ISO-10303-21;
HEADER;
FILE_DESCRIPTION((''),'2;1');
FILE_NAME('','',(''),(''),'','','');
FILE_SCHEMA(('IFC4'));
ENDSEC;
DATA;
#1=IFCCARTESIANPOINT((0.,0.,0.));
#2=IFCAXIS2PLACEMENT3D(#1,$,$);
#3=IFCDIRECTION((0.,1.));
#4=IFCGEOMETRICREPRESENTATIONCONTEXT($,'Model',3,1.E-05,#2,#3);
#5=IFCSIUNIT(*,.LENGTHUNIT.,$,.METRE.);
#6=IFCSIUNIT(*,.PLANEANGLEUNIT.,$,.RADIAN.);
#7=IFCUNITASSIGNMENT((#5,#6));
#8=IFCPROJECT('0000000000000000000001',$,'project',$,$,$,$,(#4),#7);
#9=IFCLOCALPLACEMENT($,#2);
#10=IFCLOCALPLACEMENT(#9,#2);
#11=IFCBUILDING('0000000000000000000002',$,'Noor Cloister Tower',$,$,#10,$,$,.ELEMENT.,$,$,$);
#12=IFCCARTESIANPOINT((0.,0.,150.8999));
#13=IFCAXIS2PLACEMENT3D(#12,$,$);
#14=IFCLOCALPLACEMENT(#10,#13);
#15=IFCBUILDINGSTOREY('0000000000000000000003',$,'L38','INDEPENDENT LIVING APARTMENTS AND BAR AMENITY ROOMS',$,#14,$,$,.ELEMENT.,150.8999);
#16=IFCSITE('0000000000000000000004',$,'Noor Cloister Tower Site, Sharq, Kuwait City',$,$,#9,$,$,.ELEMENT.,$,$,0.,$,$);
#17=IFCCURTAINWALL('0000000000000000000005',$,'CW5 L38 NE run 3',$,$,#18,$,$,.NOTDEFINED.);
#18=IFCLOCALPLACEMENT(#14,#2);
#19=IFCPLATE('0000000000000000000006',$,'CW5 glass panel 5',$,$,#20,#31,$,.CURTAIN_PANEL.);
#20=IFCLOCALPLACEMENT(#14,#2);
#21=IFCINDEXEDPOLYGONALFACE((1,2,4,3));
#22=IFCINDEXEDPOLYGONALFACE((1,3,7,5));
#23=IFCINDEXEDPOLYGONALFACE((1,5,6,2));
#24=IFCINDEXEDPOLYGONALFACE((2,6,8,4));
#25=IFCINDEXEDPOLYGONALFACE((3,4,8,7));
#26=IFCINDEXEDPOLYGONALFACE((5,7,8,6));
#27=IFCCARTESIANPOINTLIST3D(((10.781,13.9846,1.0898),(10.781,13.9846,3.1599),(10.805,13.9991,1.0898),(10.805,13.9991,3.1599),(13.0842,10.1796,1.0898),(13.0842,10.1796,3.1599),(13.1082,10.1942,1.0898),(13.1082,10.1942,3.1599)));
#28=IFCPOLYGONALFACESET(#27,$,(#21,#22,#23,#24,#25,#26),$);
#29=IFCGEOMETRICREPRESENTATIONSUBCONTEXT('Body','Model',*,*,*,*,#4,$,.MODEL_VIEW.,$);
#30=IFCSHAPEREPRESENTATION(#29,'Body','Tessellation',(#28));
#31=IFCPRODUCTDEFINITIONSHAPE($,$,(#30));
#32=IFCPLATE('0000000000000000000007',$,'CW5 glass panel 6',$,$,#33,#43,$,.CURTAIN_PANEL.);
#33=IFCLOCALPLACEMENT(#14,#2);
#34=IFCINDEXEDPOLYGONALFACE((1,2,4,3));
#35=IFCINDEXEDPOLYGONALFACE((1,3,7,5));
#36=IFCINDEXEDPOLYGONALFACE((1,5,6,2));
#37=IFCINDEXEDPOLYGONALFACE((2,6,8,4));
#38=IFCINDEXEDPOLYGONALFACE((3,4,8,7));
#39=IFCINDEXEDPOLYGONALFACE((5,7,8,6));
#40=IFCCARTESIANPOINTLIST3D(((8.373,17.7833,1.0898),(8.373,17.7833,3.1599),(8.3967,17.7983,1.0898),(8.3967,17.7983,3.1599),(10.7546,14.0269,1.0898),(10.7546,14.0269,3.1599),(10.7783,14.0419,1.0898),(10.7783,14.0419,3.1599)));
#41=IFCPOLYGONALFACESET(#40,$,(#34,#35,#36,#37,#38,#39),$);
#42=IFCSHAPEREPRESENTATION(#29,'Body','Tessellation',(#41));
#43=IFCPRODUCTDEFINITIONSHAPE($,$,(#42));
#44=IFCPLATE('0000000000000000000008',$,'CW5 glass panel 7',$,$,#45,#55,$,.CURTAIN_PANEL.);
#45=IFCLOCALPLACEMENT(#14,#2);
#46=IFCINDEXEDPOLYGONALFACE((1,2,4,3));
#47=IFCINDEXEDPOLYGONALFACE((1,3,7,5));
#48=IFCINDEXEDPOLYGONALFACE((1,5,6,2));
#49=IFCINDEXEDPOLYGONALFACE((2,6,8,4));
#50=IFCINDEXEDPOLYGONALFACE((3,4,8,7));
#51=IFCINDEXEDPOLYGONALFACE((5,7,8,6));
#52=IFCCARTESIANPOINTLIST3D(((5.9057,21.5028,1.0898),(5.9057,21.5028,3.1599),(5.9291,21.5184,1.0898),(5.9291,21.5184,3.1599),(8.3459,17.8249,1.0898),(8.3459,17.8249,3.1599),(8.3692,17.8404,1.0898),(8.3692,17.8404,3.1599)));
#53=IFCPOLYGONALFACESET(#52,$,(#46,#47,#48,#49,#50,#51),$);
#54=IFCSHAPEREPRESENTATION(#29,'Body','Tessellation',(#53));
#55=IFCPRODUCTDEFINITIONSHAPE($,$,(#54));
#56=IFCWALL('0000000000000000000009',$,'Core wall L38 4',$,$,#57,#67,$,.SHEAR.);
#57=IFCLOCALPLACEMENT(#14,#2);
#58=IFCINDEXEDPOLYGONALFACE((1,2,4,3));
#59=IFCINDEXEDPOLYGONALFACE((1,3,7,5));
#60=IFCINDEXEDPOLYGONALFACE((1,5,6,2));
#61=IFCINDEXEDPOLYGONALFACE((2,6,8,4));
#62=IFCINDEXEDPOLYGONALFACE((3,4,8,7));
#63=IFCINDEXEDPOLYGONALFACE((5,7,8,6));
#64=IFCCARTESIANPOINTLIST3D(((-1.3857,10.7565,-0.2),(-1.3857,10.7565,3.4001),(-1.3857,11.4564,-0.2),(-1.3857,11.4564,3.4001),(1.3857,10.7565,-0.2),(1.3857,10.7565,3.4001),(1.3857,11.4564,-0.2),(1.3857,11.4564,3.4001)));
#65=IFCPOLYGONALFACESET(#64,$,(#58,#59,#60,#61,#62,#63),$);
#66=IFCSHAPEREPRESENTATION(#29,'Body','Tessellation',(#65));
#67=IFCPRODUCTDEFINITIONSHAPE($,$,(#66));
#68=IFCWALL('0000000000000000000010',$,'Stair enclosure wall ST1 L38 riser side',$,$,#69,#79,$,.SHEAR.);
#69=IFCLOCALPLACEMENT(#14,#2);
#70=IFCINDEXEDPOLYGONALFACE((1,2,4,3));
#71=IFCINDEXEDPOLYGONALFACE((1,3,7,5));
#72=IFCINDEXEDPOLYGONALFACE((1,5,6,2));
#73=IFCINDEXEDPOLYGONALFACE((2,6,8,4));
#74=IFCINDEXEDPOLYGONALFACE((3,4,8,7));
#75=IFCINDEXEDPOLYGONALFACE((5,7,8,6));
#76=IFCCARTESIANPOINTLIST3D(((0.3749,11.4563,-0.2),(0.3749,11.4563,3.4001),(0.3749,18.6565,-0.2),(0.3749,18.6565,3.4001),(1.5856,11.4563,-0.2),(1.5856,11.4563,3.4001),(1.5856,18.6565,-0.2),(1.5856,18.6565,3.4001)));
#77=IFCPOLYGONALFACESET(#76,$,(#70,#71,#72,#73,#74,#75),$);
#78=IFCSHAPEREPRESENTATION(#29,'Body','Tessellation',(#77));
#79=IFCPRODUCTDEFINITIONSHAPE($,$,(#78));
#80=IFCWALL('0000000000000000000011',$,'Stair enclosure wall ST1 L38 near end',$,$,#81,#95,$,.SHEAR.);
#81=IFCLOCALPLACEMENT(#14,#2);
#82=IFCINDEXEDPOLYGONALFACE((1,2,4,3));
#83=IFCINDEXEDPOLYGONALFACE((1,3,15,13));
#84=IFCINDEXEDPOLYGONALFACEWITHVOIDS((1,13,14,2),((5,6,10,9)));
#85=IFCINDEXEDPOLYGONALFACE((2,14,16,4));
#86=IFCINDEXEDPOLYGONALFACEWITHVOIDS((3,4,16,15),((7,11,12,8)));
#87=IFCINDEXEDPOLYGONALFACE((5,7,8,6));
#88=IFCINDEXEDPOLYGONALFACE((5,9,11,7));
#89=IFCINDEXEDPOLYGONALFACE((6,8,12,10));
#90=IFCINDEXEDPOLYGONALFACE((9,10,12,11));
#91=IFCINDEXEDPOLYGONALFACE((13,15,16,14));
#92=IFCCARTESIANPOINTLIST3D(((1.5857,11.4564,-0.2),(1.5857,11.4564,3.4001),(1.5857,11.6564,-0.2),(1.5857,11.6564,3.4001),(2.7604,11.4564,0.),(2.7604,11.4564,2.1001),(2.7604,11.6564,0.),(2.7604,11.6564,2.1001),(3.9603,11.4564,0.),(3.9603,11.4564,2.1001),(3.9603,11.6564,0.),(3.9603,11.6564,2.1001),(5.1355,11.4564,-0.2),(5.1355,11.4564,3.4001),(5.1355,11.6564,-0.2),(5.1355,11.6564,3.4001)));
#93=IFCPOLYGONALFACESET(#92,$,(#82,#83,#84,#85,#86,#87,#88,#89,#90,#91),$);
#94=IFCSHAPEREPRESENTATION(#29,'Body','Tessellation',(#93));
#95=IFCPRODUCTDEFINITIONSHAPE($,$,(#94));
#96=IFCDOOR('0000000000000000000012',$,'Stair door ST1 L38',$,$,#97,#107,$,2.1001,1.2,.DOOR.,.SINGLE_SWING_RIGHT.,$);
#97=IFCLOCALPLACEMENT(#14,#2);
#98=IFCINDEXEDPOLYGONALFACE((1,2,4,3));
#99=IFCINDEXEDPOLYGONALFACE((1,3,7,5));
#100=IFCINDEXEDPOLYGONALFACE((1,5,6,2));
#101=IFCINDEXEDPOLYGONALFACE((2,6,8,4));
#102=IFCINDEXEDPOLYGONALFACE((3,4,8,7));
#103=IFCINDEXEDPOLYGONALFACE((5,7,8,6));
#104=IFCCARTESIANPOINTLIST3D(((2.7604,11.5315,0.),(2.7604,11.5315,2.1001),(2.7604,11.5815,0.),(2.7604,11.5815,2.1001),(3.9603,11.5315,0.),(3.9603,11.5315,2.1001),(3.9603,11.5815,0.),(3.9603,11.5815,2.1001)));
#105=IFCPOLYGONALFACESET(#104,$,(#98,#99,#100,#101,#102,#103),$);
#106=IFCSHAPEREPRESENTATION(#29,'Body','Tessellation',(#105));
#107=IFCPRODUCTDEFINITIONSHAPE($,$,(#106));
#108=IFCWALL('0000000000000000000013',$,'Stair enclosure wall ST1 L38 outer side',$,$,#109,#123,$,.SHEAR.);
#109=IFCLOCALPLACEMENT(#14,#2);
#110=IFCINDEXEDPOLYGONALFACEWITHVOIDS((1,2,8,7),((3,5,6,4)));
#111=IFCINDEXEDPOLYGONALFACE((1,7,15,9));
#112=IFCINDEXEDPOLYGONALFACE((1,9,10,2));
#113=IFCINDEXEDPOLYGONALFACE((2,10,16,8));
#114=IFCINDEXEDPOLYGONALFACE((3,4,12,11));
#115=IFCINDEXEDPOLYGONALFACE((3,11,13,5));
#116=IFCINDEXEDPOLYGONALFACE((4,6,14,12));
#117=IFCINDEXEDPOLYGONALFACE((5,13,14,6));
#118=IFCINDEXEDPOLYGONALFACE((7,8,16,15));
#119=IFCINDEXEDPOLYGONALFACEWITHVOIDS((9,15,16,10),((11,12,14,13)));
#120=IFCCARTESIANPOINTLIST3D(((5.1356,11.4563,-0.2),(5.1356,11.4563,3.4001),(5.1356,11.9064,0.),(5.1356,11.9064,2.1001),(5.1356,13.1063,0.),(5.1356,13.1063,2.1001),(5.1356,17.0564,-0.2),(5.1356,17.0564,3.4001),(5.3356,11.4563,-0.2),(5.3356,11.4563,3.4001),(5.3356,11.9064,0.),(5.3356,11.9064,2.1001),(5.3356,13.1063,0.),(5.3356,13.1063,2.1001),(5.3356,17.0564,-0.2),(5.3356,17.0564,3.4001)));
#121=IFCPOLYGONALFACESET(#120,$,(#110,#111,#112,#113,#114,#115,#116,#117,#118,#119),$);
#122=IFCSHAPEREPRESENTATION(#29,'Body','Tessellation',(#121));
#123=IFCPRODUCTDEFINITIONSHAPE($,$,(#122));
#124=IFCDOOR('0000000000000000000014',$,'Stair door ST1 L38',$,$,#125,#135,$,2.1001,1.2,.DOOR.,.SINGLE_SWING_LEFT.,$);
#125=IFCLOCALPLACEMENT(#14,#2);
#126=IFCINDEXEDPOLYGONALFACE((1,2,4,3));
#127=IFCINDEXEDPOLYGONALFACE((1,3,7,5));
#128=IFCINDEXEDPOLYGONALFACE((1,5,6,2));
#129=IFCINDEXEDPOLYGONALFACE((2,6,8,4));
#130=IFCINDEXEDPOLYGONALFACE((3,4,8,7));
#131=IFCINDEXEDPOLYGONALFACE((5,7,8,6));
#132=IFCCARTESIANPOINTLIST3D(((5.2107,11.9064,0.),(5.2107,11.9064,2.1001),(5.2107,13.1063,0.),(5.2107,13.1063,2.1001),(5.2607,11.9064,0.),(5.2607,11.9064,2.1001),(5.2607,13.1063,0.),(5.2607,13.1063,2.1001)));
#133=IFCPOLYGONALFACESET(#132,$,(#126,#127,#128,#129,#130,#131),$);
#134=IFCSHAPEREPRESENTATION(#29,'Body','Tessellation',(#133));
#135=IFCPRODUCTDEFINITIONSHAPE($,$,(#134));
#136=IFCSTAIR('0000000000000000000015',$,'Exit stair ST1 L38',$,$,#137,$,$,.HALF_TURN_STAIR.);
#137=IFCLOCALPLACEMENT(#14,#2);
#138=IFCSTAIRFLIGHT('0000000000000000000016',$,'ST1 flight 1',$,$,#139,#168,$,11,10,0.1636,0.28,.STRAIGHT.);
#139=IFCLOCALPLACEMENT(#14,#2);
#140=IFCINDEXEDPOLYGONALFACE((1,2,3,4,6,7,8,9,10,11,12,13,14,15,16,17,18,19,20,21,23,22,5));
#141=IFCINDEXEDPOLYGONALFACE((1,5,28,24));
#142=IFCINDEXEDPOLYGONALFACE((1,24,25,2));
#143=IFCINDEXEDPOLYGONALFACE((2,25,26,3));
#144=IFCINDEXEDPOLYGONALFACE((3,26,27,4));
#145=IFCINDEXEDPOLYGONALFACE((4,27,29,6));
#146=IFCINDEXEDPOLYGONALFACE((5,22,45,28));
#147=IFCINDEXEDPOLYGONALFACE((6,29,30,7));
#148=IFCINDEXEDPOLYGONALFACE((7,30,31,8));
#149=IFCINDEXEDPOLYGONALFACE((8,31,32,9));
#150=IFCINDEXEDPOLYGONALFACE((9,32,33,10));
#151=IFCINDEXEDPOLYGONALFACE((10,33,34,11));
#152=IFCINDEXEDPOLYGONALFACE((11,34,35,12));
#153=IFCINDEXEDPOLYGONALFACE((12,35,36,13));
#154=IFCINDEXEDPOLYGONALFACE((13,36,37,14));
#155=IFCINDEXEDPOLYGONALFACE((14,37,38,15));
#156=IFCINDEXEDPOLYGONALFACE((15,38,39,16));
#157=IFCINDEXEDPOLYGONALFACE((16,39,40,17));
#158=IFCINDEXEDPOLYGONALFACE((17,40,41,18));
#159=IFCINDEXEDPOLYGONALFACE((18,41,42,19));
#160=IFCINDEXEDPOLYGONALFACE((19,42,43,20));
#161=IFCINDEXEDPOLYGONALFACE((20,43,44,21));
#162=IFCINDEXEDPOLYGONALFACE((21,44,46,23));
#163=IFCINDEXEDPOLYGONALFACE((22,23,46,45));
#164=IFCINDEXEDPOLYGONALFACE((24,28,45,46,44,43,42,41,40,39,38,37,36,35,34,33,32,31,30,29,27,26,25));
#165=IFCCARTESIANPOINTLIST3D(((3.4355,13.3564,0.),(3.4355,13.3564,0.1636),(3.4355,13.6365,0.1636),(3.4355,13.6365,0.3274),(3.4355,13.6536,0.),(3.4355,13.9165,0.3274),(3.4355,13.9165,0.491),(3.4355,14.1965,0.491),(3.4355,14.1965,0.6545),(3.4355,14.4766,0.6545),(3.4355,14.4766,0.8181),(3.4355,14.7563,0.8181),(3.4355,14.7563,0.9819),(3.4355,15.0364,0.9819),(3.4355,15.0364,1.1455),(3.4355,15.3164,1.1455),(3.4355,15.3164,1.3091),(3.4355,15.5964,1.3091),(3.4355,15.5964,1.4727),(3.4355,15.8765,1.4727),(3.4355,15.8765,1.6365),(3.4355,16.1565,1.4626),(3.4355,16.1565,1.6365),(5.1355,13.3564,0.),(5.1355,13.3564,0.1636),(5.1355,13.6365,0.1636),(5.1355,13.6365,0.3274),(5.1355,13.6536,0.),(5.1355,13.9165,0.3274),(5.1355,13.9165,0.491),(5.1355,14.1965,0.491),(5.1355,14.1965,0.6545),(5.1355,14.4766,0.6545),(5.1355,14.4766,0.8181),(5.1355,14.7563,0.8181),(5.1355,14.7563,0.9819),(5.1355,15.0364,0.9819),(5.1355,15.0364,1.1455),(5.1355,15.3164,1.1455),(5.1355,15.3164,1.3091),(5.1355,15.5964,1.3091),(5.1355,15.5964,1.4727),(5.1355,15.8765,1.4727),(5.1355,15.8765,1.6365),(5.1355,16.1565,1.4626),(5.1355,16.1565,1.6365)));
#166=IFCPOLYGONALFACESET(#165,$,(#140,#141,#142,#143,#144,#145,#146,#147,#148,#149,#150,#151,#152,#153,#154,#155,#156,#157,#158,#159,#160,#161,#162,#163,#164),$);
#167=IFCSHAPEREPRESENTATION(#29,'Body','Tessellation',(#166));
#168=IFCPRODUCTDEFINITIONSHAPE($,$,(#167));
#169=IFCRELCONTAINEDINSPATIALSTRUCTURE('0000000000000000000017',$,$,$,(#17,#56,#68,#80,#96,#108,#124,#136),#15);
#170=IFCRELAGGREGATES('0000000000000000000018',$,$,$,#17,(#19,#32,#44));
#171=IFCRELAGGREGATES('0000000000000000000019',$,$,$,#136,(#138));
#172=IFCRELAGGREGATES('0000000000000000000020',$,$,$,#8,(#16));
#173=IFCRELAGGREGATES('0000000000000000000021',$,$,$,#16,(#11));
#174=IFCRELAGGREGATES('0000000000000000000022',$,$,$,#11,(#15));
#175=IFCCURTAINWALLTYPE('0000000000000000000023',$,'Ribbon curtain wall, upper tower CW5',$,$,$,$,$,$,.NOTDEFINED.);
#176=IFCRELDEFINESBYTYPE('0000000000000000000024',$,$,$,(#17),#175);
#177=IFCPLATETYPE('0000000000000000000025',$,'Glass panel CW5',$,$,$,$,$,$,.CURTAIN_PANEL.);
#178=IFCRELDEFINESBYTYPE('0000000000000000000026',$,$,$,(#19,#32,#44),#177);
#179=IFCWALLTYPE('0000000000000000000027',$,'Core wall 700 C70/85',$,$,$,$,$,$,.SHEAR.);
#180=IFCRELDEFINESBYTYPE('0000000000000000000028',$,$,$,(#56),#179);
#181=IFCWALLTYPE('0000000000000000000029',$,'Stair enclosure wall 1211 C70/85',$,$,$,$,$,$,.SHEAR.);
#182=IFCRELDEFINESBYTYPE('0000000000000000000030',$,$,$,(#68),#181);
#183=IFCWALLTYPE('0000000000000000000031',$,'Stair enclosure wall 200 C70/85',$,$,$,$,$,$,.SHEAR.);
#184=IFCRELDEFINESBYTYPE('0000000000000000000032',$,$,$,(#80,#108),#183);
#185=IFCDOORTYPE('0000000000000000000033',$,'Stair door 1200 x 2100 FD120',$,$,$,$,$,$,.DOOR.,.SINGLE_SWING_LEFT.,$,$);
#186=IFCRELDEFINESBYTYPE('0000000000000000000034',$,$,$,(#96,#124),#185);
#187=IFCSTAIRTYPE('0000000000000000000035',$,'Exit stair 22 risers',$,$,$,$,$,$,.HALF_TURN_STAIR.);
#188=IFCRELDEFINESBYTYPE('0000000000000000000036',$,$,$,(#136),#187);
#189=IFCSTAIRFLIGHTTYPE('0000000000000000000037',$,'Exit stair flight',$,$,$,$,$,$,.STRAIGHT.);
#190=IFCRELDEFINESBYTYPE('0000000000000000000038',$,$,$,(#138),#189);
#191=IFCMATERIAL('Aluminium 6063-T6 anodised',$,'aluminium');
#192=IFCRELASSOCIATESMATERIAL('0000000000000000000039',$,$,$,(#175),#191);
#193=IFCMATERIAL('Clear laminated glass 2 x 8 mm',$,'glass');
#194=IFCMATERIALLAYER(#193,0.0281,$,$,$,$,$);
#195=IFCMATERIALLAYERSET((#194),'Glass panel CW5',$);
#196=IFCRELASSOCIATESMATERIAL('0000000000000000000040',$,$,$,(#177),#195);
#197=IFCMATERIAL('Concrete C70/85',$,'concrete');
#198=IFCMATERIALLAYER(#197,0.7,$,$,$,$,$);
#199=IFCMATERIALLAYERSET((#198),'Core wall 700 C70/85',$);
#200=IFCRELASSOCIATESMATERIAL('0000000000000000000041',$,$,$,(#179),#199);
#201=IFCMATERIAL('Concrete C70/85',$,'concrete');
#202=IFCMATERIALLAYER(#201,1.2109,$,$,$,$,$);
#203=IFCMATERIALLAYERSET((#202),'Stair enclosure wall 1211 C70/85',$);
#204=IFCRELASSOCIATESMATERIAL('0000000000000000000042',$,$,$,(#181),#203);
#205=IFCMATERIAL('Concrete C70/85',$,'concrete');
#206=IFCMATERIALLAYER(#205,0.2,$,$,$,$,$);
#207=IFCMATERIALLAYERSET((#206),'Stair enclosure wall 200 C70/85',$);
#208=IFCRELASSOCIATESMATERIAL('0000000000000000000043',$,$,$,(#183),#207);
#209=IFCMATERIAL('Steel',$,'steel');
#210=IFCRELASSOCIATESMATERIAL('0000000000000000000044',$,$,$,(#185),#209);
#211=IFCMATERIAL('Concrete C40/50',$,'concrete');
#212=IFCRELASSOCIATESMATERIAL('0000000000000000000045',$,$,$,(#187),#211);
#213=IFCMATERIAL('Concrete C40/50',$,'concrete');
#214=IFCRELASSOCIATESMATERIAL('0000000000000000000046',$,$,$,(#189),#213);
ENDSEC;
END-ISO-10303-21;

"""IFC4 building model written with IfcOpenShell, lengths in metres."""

from ifc_helpers import new_model, si_unit, direction, frame, frame_2d, origin, origin_2d, place, context, subcontext, project, spatial, polyline, rectangle, outline, extrude, material, layer, layer_set, type_object, element, fill, aggregate, save


model = new_model("IFC4")

# Units and contexts
model_context = context("Model", 3, precision=1e-05, world=origin(), true_north=direction((0.0, 1.0)))
body_context = subcontext(model_context, "Body", "Model", "MODEL_VIEW")
ifc_project = project(units=[si_unit("LENGTHUNIT", "METRE"), si_unit("PLANEANGLEUNIT", "RADIAN")], contexts=[model_context])

# Site, building, storey
site_placement = place(None, origin())
site = spatial("IfcSite", under=ifc_project, at=site_placement, Name="Noor Cloister Tower Site, Sharq, Kuwait City", CompositionType="ELEMENT", RefElevation=0.0)
building_placement = place(site_placement, origin())
building = spatial("IfcBuilding", under=site, at=building_placement, Name="Noor Cloister Tower", CompositionType="ELEMENT")
storey_placement = place(building_placement, frame((0.0, 0.0, 150.8999)))
storey = spatial("IfcBuildingStorey", under=building, at=storey_placement, Name="L38", Description="INDEPENDENT LIVING APARTMENTS AND BAR AMENITY ROOMS", CompositionType="ELEMENT", Elevation=150.8999)

# Curtain wall
ifc_material_1 = material(Name="Aluminium 6063-T6 anodised", Category="aluminium")
curtain_wall_type = type_object("IfcCurtainWallType", Name="Ribbon curtain wall, upper tower CW5", PredefinedType="NOTDEFINED", material=ifc_material_1)
curtain_wall_placement = place(storey_placement, origin())
curtain_wall = element("IfcCurtainWall", 1, at=curtain_wall_placement, inside=storey, type_object=curtain_wall_type, Name="CW5 L38 NE run 3", PredefinedType="NOTDEFINED")

# Plates
ifc_material_2 = material(Name="Clear laminated glass 2 x 8 mm", Category="glass")
ifc_layer_1 = layer(ifc_material_2, 0.0281)
ifc_layer_set_1 = layer_set([ifc_layer_1], Name="Glass panel CW5")
plate_type = type_object("IfcPlateType", Name="Glass panel CW5", PredefinedType="CURTAIN_PANEL", material=ifc_layer_set_1)
plate_1_placement = place(storey_placement, frame((11.9446, 12.0894, 1.0898), z_axis=(0.0, 0.0, 1.0), x_axis=(-0.517843, 0.855476, 0.0)))
plate_1 = element("IfcPlate", 2, at=plate_1_placement, type_object=plate_type, Name="CW5 glass panel 5", PredefinedType="CURTAIN_PANEL", context=body_context, shape_type="SweptSolid", body=[
    extrude(rectangle(XDim=4.4478, YDim=0.0281, at=origin_2d()), origin(), (0.0, 0.0, 1.0), 2.0701),
])
plate_2_placement = place(storey_placement, frame((9.5757, 15.9126, 1.0898), z_axis=(0.0, 0.0, 1.0), x_axis=(-0.535463, 0.844559, 0.0)))
plate_2 = element("IfcPlate", 3, at=plate_2_placement, type_object=plate_type, Name="CW5 glass panel 6", PredefinedType="CURTAIN_PANEL", context=body_context, shape_type="SweptSolid", body=[
    extrude(rectangle(XDim=4.4478, YDim=0.0281, at=origin_2d()), origin(), (0.0, 0.0, 1.0), 2.0701),
])
plate_3_placement = place(storey_placement, frame((7.1375, 19.6716, 1.0898), z_axis=(0.0, 0.0, 1.0), x_axis=(-0.552854, 0.833278, 0.0)))
plate_3 = element("IfcPlate", 4, at=plate_3_placement, type_object=plate_type, Name="CW5 glass panel 7", PredefinedType="CURTAIN_PANEL", context=body_context, shape_type="SweptSolid", body=[
    extrude(rectangle(XDim=4.4138, YDim=0.0281, at=origin_2d()), origin(), (0.0, 0.0, 1.0), 2.0701),
])
aggregate(curtain_wall, [plate_1, plate_2, plate_3])

# Walls
ifc_material_3 = material(Name="Concrete C70/85", Category="concrete")
ifc_layer_2 = layer(ifc_material_3, 0.7)
ifc_layer_set_2 = layer_set([ifc_layer_2], Name="Core wall 700 C70/85")
wall_type_1 = type_object("IfcWallType", Name="Core wall 700 C70/85", PredefinedType="SHEAR", material=ifc_layer_set_2)
wall_1_placement = place(storey_placement, frame((1.3857, 11.1064, -0.2), z_axis=(0.0, 0.0, 1.0), x_axis=(-1.0, 0.0, 0.0)))
element("IfcWall", 5, at=wall_1_placement, inside=storey, type_object=wall_type_1, Name="Core wall L38 4", PredefinedType="SHEAR", context=body_context, shape_type="SweptSolid", body=[
    extrude(rectangle(XDim=2.7715, YDim=0.7, at=frame_2d((1.3857, 0.0))), origin(), (0.0, 0.0, 1.0), 3.6001),
])
ifc_material_4 = material(Name="Concrete C70/85", Category="concrete")
ifc_layer_3 = layer(ifc_material_4, 1.2109)
ifc_layer_set_3 = layer_set([ifc_layer_3], Name="Stair enclosure wall 1211 C70/85")
wall_type_2 = type_object("IfcWallType", Name="Stair enclosure wall 1211 C70/85", PredefinedType="SHEAR", material=ifc_layer_set_3)
wall_2_placement = place(storey_placement, frame((0.9802, 11.4563, -0.2), z_axis=(0.0, 0.0, 1.0), x_axis=(0.0, 1.0, 0.0)))
element("IfcWall", 6, at=wall_2_placement, inside=storey, type_object=wall_type_2, Name="Stair enclosure wall ST1 L38 riser side", PredefinedType="SHEAR", context=body_context, shape_type="SweptSolid", body=[
    extrude(rectangle(XDim=7.2002, YDim=1.2107, at=frame_2d((3.6001, 0.0))), origin(), (0.0, 0.0, 1.0), 3.6001),
])

# Walls, openings, doors
ifc_material_5 = material(Name="Concrete C70/85", Category="concrete")
ifc_layer_4 = layer(ifc_material_5, 0.2)
ifc_layer_set_4 = layer_set([ifc_layer_4], Name="Stair enclosure wall 200 C70/85")
wall_type_3 = type_object("IfcWallType", Name="Stair enclosure wall 200 C70/85", PredefinedType="SHEAR", material=ifc_layer_set_4)
wall_3_placement = place(storey_placement, frame((5.1355, 11.5564, -0.2), z_axis=(0.0, 0.0, 1.0), x_axis=(-1.0, 0.0, 0.0)))
wall_3 = element("IfcWall", 7, at=wall_3_placement, inside=storey, type_object=wall_type_3, Name="Stair enclosure wall ST1 L38 near end", PredefinedType="SHEAR", context=body_context, shape_type="SweptSolid", body=[
    extrude(rectangle(XDim=3.5498, YDim=0.2, at=frame_2d((1.7749, 0.0))), origin(), (0.0, 0.0, 1.0), 3.6001),
])
opening_1_placement = place(wall_3_placement, frame((1.175, 0.0, 0.2)))
opening_1 = element("IfcOpeningElement", 8, at=opening_1_placement, cuts=wall_3, PredefinedType="OPENING", context=body_context, shape_type="SweptSolid", body=[
    extrude(rectangle(XDim=1.2, YDim=2.1001, at=frame_2d((0.6001, 1.05))), frame((0.0, 0.1099, 0.0), z_axis=(0.0, -1.0, 0.0), x_axis=(1.0, 0.0, 0.0)), (0.0, 0.0, 1.0), 0.22),
])
ifc_material_6 = material(Name="Steel", Category="steel")
door_type = type_object("IfcDoorType", Name="Stair door 1200 x 2100 FD120", OperationType="SINGLE_SWING_LEFT", PredefinedType="DOOR", material=ifc_material_6)
door_1_placement = place(opening_1_placement, origin())
door_1 = element("IfcDoor", 9, at=door_1_placement, inside=storey, type_object=door_type, Name="Stair door ST1 L38", OperationType="SINGLE_SWING_RIGHT", OverallHeight=2.1001, OverallWidth=1.2, PredefinedType="DOOR", context=body_context, shape_type="SweptSolid", body=[
    extrude(rectangle(XDim=1.2, YDim=2.1001, at=frame_2d((0.6001, 1.05))), frame((0.0, 0.0249, 0.0), z_axis=(0.0, -1.0, 0.0), x_axis=(1.0, 0.0, 0.0)), (0.0, 0.0, 1.0), 0.05),
])
fill(opening_1, door_1)
wall_4_placement = place(storey_placement, frame((5.2356, 11.4563, -0.2), z_axis=(0.0, 0.0, 1.0), x_axis=(0.0, 1.0, 0.0)))
wall_4 = element("IfcWall", 10, at=wall_4_placement, inside=storey, type_object=wall_type_3, Name="Stair enclosure wall ST1 L38 outer side", PredefinedType="SHEAR", context=body_context, shape_type="SweptSolid", body=[
    extrude(rectangle(XDim=5.6001, YDim=0.2, at=frame_2d((2.8, 0.0))), origin(), (0.0, 0.0, 1.0), 3.6001),
])
opening_2_placement = place(wall_4_placement, frame((0.45, 0.0, 0.2)))
opening_2 = element("IfcOpeningElement", 11, at=opening_2_placement, cuts=wall_4, PredefinedType="OPENING", context=body_context, shape_type="SweptSolid", body=[
    extrude(rectangle(XDim=1.2, YDim=2.1001, at=frame_2d((0.6001, 1.05))), frame((0.0, 0.1099, 0.0), z_axis=(0.0, -1.0, 0.0), x_axis=(1.0, 0.0, 0.0)), (0.0, 0.0, 1.0), 0.22),
])
door_2_placement = place(opening_2_placement, origin())
door_2 = element("IfcDoor", 12, at=door_2_placement, inside=storey, type_object=door_type, Name="Stair door ST1 L38", OperationType="SINGLE_SWING_LEFT", OverallHeight=2.1001, OverallWidth=1.2, PredefinedType="DOOR", context=body_context, shape_type="SweptSolid", body=[
    extrude(rectangle(XDim=1.2, YDim=2.1001, at=frame_2d((0.6001, 1.05))), frame((0.0, 0.0249, 0.0), z_axis=(0.0, -1.0, 0.0), x_axis=(1.0, 0.0, 0.0)), (0.0, 0.0, 1.0), 0.05),
])
fill(opening_2, door_2)

# Stair, stair flight
ifc_material_7 = material(Name="Concrete C40/50", Category="concrete")
stair_type = type_object("IfcStairType", Name="Exit stair 22 risers", PredefinedType="HALF_TURN_STAIR", material=ifc_material_7)
stair_placement = place(storey_placement, origin())
stair = element("IfcStair", 13, at=stair_placement, inside=storey, type_object=stair_type, Name="Exit stair ST1 L38", PredefinedType="HALF_TURN_STAIR")
ifc_material_8 = material(Name="Concrete C40/50", Category="concrete")
stair_flight_type = type_object("IfcStairFlightType", Name="Exit stair flight", PredefinedType="STRAIGHT", material=ifc_material_8)
stair_flight_1_placement = place(storey_placement, frame((4.2856, 13.3564, 0.0), z_axis=(0.0, 0.0, 1.0), x_axis=(0.0, 1.0, 0.0)))
stair_flight_1 = element("IfcStairFlight", 14, at=stair_flight_1_placement, type_object=stair_flight_type, Name="ST1 flight 1", NumberOfRisers=11, NumberOfTreads=10, PredefinedType="STRAIGHT", RiserHeight=0.1636, TreadLength=0.28, context=body_context, shape_type="SweptSolid", body=[
    extrude(outline(polyline([(0.0, 0.0), (0.0, 0.1636), (0.28, 0.1636), (0.28, 0.3274), (0.5601, 0.3274), (0.5601, 0.491), (0.8401, 0.491), (0.8401, 0.6545), (1.1201, 0.6545), (1.1201, 0.8181), (1.3999, 0.8181), (1.3999, 0.9819), (1.6799, 0.9819), (1.6799, 1.1455), (1.96, 1.1455), (1.96, 1.3091), (2.24, 1.3091), (2.24, 1.4727), (2.52, 1.4727), (2.52, 1.6365), (2.8, 1.6365), (2.8, 1.8), (2.8, 1.4626), (0.2971, 0.0), (0.0, 0.0)])), frame((0.0, 0.8501, 0.0), z_axis=(0.0, -1.0, 0.0), x_axis=(1.0, 0.0, 0.0)), (0.0, 0.0, 1.0), 1.7),
])
aggregate(stair, [stair_flight_1])

save(model, "model.ifc")
